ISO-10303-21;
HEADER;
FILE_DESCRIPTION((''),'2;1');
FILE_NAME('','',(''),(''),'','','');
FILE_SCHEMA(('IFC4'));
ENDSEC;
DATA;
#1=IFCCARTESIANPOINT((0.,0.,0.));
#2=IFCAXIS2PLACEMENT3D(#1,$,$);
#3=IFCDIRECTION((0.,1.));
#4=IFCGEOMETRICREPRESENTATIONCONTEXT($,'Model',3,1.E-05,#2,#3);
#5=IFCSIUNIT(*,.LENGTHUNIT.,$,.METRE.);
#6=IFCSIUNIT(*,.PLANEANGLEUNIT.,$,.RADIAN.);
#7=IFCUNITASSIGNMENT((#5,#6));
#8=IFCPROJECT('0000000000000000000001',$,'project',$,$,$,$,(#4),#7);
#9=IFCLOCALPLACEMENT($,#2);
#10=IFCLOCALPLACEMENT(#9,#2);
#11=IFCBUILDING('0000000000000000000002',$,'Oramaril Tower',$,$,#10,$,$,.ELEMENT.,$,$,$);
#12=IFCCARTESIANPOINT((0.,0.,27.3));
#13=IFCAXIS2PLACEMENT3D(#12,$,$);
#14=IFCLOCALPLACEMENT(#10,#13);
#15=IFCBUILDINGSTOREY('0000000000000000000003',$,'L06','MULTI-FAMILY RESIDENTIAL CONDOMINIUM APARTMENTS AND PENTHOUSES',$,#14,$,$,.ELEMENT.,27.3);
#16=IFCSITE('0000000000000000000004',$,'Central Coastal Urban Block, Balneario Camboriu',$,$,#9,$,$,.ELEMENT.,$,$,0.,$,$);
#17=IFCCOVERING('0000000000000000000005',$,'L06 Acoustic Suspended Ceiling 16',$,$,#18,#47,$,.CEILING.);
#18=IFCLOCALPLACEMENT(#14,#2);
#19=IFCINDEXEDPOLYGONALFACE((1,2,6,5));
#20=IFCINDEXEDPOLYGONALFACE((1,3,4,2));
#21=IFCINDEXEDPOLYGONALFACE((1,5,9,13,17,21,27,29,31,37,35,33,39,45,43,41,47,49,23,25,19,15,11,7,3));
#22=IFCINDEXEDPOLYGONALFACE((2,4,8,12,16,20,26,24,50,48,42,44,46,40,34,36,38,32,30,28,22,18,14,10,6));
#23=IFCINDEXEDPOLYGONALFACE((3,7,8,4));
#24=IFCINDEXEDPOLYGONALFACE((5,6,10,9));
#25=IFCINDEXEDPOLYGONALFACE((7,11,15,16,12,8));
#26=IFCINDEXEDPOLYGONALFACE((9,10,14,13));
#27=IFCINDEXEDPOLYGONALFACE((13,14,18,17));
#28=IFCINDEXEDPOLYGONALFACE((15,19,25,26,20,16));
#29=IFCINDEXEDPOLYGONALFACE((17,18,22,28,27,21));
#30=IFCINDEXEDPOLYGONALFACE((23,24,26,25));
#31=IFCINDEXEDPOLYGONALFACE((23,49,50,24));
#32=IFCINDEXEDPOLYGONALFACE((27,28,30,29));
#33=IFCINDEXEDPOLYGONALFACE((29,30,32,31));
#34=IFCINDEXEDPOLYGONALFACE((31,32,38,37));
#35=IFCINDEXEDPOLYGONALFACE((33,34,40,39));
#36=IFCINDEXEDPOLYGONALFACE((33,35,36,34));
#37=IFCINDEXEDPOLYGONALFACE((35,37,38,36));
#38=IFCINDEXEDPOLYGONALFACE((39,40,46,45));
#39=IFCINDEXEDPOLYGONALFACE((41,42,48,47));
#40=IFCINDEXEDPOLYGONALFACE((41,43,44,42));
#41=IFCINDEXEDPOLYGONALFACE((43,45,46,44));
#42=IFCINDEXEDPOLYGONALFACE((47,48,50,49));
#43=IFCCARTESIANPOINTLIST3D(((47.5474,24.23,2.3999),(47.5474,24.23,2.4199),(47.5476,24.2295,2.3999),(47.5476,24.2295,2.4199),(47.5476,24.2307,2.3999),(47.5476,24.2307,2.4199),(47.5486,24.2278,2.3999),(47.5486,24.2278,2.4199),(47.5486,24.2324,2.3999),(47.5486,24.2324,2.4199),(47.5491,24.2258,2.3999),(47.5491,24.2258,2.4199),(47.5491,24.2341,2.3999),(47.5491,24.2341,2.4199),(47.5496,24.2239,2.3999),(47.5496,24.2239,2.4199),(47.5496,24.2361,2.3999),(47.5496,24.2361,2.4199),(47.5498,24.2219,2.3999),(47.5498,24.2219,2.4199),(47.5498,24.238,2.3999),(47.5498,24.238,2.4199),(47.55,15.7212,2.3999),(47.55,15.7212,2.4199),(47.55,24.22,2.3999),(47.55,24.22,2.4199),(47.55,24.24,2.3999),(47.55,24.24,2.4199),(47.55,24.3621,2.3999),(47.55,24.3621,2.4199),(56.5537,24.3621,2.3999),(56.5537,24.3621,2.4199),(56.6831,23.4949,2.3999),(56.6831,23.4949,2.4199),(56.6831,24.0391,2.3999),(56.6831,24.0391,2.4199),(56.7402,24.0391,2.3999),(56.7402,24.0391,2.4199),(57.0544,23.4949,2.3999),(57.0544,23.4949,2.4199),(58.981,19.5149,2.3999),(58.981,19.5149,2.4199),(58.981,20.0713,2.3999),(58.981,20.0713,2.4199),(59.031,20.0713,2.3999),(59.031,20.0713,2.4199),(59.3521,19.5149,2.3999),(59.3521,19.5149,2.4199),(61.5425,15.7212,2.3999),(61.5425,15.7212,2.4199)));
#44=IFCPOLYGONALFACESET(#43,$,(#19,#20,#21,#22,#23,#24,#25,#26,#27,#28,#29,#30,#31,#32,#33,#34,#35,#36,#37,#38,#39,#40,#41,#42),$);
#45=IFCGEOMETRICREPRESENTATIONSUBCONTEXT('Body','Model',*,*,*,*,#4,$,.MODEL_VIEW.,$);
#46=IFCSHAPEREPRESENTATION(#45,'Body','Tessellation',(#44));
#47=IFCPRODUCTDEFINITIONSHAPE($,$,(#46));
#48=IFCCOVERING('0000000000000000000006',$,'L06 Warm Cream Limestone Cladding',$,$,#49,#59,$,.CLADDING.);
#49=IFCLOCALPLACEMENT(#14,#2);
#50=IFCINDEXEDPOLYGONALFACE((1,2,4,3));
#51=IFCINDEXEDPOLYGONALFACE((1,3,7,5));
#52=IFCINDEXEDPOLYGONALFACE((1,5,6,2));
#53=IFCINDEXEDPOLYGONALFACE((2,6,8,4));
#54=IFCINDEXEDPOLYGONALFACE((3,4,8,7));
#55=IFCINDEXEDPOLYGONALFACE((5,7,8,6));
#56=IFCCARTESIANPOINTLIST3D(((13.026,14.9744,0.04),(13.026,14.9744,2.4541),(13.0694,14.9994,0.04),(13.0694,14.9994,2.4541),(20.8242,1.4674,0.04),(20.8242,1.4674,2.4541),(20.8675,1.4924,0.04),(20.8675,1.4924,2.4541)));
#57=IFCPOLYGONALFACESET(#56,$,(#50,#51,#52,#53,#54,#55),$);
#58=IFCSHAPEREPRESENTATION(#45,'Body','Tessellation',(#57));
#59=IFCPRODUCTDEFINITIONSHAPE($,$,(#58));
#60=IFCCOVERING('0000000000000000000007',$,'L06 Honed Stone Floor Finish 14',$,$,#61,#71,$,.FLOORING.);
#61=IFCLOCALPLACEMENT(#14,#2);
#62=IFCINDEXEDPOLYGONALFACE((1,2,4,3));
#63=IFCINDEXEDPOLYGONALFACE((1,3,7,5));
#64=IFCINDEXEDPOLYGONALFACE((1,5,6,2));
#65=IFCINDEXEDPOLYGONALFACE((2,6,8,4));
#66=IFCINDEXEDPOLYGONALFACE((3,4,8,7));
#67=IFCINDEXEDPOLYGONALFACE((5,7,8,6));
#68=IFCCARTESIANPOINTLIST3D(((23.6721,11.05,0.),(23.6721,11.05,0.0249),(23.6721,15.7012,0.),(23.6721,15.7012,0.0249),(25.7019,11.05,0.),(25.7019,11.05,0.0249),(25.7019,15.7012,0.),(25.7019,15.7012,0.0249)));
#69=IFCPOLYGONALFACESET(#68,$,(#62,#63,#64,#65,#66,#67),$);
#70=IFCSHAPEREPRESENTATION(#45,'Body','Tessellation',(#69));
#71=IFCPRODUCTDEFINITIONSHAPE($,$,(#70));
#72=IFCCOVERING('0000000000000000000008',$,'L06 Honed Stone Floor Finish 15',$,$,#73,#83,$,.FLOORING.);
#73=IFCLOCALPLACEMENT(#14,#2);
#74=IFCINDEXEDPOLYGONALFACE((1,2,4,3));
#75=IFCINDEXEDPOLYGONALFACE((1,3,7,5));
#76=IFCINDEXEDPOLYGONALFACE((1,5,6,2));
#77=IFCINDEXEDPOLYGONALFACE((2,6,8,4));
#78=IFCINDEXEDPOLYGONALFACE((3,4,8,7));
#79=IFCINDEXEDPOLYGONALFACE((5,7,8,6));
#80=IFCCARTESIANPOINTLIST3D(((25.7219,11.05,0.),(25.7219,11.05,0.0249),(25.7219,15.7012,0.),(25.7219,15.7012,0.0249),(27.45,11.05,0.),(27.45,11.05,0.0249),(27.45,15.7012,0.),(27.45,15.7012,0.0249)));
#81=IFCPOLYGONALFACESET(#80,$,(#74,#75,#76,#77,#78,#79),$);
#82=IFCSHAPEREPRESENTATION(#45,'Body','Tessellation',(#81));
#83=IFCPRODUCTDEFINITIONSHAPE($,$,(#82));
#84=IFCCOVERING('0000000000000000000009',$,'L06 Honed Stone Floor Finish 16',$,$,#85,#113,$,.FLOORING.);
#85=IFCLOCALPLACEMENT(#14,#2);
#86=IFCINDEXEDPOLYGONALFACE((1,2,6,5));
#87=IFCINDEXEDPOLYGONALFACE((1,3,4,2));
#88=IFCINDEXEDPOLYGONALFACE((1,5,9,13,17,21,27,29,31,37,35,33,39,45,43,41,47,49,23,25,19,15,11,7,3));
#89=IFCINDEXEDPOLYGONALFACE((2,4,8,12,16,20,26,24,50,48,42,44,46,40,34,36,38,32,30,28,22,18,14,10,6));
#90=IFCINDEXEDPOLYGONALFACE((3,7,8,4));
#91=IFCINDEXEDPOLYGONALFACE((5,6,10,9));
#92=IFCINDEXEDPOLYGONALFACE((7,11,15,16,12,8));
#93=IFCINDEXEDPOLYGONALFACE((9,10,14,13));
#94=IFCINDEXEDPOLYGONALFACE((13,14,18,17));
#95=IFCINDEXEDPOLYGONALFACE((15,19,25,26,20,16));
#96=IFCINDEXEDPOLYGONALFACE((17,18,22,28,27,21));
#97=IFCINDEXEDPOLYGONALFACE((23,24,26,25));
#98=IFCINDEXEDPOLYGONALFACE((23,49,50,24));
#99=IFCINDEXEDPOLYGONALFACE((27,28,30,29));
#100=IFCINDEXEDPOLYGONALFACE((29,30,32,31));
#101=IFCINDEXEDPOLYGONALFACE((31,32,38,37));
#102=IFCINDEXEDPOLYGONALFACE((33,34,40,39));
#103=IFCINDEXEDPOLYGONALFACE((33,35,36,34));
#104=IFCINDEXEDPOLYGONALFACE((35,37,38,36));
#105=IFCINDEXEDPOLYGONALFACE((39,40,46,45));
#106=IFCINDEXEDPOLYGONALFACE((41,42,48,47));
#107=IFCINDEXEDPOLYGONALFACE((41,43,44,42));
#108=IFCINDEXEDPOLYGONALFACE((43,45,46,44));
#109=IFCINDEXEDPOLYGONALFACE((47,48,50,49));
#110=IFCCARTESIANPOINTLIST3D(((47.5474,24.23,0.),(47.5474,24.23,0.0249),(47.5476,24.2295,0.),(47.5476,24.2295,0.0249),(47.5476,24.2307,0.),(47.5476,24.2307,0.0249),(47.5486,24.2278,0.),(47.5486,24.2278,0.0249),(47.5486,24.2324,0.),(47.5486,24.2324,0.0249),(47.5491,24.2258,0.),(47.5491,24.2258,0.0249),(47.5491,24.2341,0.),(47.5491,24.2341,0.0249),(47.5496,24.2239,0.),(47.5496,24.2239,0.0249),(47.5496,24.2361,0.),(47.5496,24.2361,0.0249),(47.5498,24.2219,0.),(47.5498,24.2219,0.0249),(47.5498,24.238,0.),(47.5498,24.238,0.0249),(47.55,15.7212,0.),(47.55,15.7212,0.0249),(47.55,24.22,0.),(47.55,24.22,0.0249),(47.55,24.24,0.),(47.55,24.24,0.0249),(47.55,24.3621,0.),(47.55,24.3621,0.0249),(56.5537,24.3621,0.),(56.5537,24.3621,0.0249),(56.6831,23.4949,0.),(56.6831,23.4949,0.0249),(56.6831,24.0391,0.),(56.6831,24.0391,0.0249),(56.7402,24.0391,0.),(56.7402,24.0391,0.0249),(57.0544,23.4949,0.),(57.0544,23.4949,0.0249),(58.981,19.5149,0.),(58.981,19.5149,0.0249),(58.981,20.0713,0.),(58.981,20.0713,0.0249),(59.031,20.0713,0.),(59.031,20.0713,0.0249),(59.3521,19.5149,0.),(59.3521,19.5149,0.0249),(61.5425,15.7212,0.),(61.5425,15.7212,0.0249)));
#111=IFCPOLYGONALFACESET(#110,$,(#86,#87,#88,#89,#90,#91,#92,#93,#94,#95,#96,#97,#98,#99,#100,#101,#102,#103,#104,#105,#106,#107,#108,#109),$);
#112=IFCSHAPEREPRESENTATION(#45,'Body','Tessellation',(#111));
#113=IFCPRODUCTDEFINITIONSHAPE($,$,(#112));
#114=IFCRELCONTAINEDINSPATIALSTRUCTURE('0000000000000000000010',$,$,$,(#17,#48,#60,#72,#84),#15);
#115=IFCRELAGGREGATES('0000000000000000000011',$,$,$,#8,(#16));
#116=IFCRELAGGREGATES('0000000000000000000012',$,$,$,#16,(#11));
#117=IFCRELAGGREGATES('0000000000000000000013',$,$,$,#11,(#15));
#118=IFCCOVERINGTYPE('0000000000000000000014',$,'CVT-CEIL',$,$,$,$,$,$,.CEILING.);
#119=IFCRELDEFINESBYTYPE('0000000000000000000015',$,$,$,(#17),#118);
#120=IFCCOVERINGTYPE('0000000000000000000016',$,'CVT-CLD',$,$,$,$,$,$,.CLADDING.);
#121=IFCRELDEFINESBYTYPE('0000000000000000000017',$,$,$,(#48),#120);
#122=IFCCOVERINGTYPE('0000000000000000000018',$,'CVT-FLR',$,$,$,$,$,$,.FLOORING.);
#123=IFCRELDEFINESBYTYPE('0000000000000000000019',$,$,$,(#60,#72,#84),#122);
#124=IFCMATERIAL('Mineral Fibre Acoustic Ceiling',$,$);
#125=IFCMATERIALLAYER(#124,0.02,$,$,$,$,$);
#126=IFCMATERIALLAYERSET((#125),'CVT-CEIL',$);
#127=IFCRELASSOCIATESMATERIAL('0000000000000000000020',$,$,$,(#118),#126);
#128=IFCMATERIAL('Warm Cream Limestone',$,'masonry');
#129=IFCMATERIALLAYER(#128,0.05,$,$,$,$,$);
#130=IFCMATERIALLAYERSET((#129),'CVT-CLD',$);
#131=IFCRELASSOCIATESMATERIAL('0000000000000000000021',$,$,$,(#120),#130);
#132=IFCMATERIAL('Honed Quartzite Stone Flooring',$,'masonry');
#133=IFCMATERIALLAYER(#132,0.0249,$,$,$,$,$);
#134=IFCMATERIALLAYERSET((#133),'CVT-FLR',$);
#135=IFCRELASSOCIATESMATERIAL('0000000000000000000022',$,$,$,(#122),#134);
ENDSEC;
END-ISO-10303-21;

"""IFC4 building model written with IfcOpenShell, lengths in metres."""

from ifc_helpers import new_model, si_unit, direction, frame, origin, origin_2d, place, context, subcontext, project, spatial, polyline, rectangle, outline, extrude, material, layer, layer_set, type_object, element, save


model = new_model("IFC4")

# Units and contexts
model_context = context("Model", 3, precision=1e-05, world=origin(), true_north=direction((0.0, 1.0)))
body_context = subcontext(model_context, "Body", "Model", "MODEL_VIEW")
ifc_project = project(units=[si_unit("LENGTHUNIT", "METRE"), si_unit("PLANEANGLEUNIT", "RADIAN")], contexts=[model_context])

# Site, building, storey
site_placement = place(None, origin())
site = spatial("IfcSite", under=ifc_project, at=site_placement, Name="Central Coastal Urban Block, Balneario Camboriu", CompositionType="ELEMENT", RefElevation=0.0)
building_placement = place(site_placement, origin())
building = spatial("IfcBuilding", under=site, at=building_placement, Name="Oramaril Tower", CompositionType="ELEMENT")
storey_placement = place(building_placement, frame((0.0, 0.0, 27.3)))
storey = spatial("IfcBuildingStorey", under=building, at=storey_placement, Name="L06", Description="MULTI-FAMILY RESIDENTIAL CONDOMINIUM APARTMENTS AND PENTHOUSES", CompositionType="ELEMENT", Elevation=27.3)

# Coverings
ifc_material_1 = material(Name="Mineral Fibre Acoustic Ceiling")
ifc_layer_1 = layer(ifc_material_1, 0.02)
ifc_layer_set_1 = layer_set([ifc_layer_1], Name="CVT-CEIL")
covering_type_1 = type_object("IfcCoveringType", Name="CVT-CEIL", PredefinedType="CEILING", material=ifc_layer_set_1)
covering_1_placement = place(storey_placement, frame((0.0, 0.0, 2.3999)))
element("IfcCovering", 1, at=covering_1_placement, inside=storey, type_object=covering_type_1, Name="L06 Acoustic Suspended Ceiling 16", PredefinedType="CEILING", context=body_context, shape_type="SweptSolid", body=[
    extrude(outline(polyline([(56.7402, 24.0391), (56.6831, 24.0391), (56.6831, 23.4949), (57.0544, 23.4949), (59.031, 20.0713), (58.981, 20.0713), (58.981, 19.5149), (59.3521, 19.5149), (61.5425, 15.7212), (47.55, 15.7212), (47.55, 24.22), (47.5498, 24.2219), (47.5496, 24.2239), (47.5491, 24.2258), (47.5486, 24.2278), (47.5476, 24.2295), (47.5474, 24.23), (47.5476, 24.2307), (47.5486, 24.2324), (47.5491, 24.2341), (47.5496, 24.2361), (47.5498, 24.238), (47.55, 24.24), (47.55, 24.3621), (56.5537, 24.3621), (56.7402, 24.0391)])), origin(), (0.0, 0.0, 1.0), 0.02),
])
ifc_material_2 = material(Name="Warm Cream Limestone", Category="masonry")
ifc_layer_2 = layer(ifc_material_2, 0.05)
ifc_layer_set_2 = layer_set([ifc_layer_2], Name="CVT-CLD")
covering_type_2 = type_object("IfcCoveringType", Name="CVT-CLD", PredefinedType="CLADDING", material=ifc_layer_set_2)
covering_2_placement = place(storey_placement, frame((16.9468, 8.2334, 0.04), z_axis=(0.0, 0.0, 1.0), x_axis=(0.499997, -0.866027, 0.0)))
element("IfcCovering", 2, at=covering_2_placement, inside=storey, type_object=covering_type_2, Name="L06 Warm Cream Limestone Cladding", PredefinedType="CLADDING", context=body_context, shape_type="SweptSolid", body=[
    extrude(rectangle(XDim=15.5964, YDim=0.05, at=origin_2d()), origin(), (0.0, 0.0, 1.0), 2.4141),
])
ifc_material_3 = material(Name="Honed Quartzite Stone Flooring", Category="masonry")
ifc_layer_3 = layer(ifc_material_3, 0.0249)
ifc_layer_set_3 = layer_set([ifc_layer_3], Name="CVT-FLR")
covering_type_3 = type_object("IfcCoveringType", Name="CVT-FLR", PredefinedType="FLOORING", material=ifc_layer_set_3)
covering_3_placement = place(storey_placement, origin())
element("IfcCovering", 3, at=covering_3_placement, inside=storey, type_object=covering_type_3, Name="L06 Honed Stone Floor Finish 14", PredefinedType="FLOORING", context=body_context, shape_type="SweptSolid", body=[
    extrude(outline(polyline([(25.7019, 11.05), (23.6721, 11.05), (23.6721, 15.7012), (25.7019, 15.7012), (25.7019, 11.05)])), origin(), (0.0, 0.0, 1.0), 0.0249),
])
covering_4_placement = place(storey_placement, origin())
element("IfcCovering", 4, at=covering_4_placement, inside=storey, type_object=covering_type_3, Name="L06 Honed Stone Floor Finish 15", PredefinedType="FLOORING", context=body_context, shape_type="SweptSolid", body=[
    extrude(outline(polyline([(25.7219, 15.7012), (27.45, 15.7012), (27.45, 11.05), (25.7219, 11.05), (25.7219, 15.7012)])), origin(), (0.0, 0.0, 1.0), 0.0249),
])
covering_5_placement = place(storey_placement, origin())
element("IfcCovering", 5, at=covering_5_placement, inside=storey, type_object=covering_type_3, Name="L06 Honed Stone Floor Finish 16", PredefinedType="FLOORING", context=body_context, shape_type="SweptSolid", body=[
    extrude(outline(polyline([(56.7402, 24.0391), (56.6831, 24.0391), (56.6831, 23.4949), (57.0544, 23.4949), (59.031, 20.0713), (58.981, 20.0713), (58.981, 19.5149), (59.3521, 19.5149), (61.5425, 15.7212), (47.55, 15.7212), (47.55, 24.22), (47.5498, 24.2219), (47.5496, 24.2239), (47.5491, 24.2258), (47.5486, 24.2278), (47.5476, 24.2295), (47.5474, 24.23), (47.5476, 24.2307), (47.5486, 24.2324), (47.5491, 24.2341), (47.5496, 24.2361), (47.5498, 24.238), (47.55, 24.24), (47.55, 24.3621), (56.5537, 24.3621), (56.7402, 24.0391)])), origin(), (0.0, 0.0, 1.0), 0.0249),
])

save(model, "model.ifc")
